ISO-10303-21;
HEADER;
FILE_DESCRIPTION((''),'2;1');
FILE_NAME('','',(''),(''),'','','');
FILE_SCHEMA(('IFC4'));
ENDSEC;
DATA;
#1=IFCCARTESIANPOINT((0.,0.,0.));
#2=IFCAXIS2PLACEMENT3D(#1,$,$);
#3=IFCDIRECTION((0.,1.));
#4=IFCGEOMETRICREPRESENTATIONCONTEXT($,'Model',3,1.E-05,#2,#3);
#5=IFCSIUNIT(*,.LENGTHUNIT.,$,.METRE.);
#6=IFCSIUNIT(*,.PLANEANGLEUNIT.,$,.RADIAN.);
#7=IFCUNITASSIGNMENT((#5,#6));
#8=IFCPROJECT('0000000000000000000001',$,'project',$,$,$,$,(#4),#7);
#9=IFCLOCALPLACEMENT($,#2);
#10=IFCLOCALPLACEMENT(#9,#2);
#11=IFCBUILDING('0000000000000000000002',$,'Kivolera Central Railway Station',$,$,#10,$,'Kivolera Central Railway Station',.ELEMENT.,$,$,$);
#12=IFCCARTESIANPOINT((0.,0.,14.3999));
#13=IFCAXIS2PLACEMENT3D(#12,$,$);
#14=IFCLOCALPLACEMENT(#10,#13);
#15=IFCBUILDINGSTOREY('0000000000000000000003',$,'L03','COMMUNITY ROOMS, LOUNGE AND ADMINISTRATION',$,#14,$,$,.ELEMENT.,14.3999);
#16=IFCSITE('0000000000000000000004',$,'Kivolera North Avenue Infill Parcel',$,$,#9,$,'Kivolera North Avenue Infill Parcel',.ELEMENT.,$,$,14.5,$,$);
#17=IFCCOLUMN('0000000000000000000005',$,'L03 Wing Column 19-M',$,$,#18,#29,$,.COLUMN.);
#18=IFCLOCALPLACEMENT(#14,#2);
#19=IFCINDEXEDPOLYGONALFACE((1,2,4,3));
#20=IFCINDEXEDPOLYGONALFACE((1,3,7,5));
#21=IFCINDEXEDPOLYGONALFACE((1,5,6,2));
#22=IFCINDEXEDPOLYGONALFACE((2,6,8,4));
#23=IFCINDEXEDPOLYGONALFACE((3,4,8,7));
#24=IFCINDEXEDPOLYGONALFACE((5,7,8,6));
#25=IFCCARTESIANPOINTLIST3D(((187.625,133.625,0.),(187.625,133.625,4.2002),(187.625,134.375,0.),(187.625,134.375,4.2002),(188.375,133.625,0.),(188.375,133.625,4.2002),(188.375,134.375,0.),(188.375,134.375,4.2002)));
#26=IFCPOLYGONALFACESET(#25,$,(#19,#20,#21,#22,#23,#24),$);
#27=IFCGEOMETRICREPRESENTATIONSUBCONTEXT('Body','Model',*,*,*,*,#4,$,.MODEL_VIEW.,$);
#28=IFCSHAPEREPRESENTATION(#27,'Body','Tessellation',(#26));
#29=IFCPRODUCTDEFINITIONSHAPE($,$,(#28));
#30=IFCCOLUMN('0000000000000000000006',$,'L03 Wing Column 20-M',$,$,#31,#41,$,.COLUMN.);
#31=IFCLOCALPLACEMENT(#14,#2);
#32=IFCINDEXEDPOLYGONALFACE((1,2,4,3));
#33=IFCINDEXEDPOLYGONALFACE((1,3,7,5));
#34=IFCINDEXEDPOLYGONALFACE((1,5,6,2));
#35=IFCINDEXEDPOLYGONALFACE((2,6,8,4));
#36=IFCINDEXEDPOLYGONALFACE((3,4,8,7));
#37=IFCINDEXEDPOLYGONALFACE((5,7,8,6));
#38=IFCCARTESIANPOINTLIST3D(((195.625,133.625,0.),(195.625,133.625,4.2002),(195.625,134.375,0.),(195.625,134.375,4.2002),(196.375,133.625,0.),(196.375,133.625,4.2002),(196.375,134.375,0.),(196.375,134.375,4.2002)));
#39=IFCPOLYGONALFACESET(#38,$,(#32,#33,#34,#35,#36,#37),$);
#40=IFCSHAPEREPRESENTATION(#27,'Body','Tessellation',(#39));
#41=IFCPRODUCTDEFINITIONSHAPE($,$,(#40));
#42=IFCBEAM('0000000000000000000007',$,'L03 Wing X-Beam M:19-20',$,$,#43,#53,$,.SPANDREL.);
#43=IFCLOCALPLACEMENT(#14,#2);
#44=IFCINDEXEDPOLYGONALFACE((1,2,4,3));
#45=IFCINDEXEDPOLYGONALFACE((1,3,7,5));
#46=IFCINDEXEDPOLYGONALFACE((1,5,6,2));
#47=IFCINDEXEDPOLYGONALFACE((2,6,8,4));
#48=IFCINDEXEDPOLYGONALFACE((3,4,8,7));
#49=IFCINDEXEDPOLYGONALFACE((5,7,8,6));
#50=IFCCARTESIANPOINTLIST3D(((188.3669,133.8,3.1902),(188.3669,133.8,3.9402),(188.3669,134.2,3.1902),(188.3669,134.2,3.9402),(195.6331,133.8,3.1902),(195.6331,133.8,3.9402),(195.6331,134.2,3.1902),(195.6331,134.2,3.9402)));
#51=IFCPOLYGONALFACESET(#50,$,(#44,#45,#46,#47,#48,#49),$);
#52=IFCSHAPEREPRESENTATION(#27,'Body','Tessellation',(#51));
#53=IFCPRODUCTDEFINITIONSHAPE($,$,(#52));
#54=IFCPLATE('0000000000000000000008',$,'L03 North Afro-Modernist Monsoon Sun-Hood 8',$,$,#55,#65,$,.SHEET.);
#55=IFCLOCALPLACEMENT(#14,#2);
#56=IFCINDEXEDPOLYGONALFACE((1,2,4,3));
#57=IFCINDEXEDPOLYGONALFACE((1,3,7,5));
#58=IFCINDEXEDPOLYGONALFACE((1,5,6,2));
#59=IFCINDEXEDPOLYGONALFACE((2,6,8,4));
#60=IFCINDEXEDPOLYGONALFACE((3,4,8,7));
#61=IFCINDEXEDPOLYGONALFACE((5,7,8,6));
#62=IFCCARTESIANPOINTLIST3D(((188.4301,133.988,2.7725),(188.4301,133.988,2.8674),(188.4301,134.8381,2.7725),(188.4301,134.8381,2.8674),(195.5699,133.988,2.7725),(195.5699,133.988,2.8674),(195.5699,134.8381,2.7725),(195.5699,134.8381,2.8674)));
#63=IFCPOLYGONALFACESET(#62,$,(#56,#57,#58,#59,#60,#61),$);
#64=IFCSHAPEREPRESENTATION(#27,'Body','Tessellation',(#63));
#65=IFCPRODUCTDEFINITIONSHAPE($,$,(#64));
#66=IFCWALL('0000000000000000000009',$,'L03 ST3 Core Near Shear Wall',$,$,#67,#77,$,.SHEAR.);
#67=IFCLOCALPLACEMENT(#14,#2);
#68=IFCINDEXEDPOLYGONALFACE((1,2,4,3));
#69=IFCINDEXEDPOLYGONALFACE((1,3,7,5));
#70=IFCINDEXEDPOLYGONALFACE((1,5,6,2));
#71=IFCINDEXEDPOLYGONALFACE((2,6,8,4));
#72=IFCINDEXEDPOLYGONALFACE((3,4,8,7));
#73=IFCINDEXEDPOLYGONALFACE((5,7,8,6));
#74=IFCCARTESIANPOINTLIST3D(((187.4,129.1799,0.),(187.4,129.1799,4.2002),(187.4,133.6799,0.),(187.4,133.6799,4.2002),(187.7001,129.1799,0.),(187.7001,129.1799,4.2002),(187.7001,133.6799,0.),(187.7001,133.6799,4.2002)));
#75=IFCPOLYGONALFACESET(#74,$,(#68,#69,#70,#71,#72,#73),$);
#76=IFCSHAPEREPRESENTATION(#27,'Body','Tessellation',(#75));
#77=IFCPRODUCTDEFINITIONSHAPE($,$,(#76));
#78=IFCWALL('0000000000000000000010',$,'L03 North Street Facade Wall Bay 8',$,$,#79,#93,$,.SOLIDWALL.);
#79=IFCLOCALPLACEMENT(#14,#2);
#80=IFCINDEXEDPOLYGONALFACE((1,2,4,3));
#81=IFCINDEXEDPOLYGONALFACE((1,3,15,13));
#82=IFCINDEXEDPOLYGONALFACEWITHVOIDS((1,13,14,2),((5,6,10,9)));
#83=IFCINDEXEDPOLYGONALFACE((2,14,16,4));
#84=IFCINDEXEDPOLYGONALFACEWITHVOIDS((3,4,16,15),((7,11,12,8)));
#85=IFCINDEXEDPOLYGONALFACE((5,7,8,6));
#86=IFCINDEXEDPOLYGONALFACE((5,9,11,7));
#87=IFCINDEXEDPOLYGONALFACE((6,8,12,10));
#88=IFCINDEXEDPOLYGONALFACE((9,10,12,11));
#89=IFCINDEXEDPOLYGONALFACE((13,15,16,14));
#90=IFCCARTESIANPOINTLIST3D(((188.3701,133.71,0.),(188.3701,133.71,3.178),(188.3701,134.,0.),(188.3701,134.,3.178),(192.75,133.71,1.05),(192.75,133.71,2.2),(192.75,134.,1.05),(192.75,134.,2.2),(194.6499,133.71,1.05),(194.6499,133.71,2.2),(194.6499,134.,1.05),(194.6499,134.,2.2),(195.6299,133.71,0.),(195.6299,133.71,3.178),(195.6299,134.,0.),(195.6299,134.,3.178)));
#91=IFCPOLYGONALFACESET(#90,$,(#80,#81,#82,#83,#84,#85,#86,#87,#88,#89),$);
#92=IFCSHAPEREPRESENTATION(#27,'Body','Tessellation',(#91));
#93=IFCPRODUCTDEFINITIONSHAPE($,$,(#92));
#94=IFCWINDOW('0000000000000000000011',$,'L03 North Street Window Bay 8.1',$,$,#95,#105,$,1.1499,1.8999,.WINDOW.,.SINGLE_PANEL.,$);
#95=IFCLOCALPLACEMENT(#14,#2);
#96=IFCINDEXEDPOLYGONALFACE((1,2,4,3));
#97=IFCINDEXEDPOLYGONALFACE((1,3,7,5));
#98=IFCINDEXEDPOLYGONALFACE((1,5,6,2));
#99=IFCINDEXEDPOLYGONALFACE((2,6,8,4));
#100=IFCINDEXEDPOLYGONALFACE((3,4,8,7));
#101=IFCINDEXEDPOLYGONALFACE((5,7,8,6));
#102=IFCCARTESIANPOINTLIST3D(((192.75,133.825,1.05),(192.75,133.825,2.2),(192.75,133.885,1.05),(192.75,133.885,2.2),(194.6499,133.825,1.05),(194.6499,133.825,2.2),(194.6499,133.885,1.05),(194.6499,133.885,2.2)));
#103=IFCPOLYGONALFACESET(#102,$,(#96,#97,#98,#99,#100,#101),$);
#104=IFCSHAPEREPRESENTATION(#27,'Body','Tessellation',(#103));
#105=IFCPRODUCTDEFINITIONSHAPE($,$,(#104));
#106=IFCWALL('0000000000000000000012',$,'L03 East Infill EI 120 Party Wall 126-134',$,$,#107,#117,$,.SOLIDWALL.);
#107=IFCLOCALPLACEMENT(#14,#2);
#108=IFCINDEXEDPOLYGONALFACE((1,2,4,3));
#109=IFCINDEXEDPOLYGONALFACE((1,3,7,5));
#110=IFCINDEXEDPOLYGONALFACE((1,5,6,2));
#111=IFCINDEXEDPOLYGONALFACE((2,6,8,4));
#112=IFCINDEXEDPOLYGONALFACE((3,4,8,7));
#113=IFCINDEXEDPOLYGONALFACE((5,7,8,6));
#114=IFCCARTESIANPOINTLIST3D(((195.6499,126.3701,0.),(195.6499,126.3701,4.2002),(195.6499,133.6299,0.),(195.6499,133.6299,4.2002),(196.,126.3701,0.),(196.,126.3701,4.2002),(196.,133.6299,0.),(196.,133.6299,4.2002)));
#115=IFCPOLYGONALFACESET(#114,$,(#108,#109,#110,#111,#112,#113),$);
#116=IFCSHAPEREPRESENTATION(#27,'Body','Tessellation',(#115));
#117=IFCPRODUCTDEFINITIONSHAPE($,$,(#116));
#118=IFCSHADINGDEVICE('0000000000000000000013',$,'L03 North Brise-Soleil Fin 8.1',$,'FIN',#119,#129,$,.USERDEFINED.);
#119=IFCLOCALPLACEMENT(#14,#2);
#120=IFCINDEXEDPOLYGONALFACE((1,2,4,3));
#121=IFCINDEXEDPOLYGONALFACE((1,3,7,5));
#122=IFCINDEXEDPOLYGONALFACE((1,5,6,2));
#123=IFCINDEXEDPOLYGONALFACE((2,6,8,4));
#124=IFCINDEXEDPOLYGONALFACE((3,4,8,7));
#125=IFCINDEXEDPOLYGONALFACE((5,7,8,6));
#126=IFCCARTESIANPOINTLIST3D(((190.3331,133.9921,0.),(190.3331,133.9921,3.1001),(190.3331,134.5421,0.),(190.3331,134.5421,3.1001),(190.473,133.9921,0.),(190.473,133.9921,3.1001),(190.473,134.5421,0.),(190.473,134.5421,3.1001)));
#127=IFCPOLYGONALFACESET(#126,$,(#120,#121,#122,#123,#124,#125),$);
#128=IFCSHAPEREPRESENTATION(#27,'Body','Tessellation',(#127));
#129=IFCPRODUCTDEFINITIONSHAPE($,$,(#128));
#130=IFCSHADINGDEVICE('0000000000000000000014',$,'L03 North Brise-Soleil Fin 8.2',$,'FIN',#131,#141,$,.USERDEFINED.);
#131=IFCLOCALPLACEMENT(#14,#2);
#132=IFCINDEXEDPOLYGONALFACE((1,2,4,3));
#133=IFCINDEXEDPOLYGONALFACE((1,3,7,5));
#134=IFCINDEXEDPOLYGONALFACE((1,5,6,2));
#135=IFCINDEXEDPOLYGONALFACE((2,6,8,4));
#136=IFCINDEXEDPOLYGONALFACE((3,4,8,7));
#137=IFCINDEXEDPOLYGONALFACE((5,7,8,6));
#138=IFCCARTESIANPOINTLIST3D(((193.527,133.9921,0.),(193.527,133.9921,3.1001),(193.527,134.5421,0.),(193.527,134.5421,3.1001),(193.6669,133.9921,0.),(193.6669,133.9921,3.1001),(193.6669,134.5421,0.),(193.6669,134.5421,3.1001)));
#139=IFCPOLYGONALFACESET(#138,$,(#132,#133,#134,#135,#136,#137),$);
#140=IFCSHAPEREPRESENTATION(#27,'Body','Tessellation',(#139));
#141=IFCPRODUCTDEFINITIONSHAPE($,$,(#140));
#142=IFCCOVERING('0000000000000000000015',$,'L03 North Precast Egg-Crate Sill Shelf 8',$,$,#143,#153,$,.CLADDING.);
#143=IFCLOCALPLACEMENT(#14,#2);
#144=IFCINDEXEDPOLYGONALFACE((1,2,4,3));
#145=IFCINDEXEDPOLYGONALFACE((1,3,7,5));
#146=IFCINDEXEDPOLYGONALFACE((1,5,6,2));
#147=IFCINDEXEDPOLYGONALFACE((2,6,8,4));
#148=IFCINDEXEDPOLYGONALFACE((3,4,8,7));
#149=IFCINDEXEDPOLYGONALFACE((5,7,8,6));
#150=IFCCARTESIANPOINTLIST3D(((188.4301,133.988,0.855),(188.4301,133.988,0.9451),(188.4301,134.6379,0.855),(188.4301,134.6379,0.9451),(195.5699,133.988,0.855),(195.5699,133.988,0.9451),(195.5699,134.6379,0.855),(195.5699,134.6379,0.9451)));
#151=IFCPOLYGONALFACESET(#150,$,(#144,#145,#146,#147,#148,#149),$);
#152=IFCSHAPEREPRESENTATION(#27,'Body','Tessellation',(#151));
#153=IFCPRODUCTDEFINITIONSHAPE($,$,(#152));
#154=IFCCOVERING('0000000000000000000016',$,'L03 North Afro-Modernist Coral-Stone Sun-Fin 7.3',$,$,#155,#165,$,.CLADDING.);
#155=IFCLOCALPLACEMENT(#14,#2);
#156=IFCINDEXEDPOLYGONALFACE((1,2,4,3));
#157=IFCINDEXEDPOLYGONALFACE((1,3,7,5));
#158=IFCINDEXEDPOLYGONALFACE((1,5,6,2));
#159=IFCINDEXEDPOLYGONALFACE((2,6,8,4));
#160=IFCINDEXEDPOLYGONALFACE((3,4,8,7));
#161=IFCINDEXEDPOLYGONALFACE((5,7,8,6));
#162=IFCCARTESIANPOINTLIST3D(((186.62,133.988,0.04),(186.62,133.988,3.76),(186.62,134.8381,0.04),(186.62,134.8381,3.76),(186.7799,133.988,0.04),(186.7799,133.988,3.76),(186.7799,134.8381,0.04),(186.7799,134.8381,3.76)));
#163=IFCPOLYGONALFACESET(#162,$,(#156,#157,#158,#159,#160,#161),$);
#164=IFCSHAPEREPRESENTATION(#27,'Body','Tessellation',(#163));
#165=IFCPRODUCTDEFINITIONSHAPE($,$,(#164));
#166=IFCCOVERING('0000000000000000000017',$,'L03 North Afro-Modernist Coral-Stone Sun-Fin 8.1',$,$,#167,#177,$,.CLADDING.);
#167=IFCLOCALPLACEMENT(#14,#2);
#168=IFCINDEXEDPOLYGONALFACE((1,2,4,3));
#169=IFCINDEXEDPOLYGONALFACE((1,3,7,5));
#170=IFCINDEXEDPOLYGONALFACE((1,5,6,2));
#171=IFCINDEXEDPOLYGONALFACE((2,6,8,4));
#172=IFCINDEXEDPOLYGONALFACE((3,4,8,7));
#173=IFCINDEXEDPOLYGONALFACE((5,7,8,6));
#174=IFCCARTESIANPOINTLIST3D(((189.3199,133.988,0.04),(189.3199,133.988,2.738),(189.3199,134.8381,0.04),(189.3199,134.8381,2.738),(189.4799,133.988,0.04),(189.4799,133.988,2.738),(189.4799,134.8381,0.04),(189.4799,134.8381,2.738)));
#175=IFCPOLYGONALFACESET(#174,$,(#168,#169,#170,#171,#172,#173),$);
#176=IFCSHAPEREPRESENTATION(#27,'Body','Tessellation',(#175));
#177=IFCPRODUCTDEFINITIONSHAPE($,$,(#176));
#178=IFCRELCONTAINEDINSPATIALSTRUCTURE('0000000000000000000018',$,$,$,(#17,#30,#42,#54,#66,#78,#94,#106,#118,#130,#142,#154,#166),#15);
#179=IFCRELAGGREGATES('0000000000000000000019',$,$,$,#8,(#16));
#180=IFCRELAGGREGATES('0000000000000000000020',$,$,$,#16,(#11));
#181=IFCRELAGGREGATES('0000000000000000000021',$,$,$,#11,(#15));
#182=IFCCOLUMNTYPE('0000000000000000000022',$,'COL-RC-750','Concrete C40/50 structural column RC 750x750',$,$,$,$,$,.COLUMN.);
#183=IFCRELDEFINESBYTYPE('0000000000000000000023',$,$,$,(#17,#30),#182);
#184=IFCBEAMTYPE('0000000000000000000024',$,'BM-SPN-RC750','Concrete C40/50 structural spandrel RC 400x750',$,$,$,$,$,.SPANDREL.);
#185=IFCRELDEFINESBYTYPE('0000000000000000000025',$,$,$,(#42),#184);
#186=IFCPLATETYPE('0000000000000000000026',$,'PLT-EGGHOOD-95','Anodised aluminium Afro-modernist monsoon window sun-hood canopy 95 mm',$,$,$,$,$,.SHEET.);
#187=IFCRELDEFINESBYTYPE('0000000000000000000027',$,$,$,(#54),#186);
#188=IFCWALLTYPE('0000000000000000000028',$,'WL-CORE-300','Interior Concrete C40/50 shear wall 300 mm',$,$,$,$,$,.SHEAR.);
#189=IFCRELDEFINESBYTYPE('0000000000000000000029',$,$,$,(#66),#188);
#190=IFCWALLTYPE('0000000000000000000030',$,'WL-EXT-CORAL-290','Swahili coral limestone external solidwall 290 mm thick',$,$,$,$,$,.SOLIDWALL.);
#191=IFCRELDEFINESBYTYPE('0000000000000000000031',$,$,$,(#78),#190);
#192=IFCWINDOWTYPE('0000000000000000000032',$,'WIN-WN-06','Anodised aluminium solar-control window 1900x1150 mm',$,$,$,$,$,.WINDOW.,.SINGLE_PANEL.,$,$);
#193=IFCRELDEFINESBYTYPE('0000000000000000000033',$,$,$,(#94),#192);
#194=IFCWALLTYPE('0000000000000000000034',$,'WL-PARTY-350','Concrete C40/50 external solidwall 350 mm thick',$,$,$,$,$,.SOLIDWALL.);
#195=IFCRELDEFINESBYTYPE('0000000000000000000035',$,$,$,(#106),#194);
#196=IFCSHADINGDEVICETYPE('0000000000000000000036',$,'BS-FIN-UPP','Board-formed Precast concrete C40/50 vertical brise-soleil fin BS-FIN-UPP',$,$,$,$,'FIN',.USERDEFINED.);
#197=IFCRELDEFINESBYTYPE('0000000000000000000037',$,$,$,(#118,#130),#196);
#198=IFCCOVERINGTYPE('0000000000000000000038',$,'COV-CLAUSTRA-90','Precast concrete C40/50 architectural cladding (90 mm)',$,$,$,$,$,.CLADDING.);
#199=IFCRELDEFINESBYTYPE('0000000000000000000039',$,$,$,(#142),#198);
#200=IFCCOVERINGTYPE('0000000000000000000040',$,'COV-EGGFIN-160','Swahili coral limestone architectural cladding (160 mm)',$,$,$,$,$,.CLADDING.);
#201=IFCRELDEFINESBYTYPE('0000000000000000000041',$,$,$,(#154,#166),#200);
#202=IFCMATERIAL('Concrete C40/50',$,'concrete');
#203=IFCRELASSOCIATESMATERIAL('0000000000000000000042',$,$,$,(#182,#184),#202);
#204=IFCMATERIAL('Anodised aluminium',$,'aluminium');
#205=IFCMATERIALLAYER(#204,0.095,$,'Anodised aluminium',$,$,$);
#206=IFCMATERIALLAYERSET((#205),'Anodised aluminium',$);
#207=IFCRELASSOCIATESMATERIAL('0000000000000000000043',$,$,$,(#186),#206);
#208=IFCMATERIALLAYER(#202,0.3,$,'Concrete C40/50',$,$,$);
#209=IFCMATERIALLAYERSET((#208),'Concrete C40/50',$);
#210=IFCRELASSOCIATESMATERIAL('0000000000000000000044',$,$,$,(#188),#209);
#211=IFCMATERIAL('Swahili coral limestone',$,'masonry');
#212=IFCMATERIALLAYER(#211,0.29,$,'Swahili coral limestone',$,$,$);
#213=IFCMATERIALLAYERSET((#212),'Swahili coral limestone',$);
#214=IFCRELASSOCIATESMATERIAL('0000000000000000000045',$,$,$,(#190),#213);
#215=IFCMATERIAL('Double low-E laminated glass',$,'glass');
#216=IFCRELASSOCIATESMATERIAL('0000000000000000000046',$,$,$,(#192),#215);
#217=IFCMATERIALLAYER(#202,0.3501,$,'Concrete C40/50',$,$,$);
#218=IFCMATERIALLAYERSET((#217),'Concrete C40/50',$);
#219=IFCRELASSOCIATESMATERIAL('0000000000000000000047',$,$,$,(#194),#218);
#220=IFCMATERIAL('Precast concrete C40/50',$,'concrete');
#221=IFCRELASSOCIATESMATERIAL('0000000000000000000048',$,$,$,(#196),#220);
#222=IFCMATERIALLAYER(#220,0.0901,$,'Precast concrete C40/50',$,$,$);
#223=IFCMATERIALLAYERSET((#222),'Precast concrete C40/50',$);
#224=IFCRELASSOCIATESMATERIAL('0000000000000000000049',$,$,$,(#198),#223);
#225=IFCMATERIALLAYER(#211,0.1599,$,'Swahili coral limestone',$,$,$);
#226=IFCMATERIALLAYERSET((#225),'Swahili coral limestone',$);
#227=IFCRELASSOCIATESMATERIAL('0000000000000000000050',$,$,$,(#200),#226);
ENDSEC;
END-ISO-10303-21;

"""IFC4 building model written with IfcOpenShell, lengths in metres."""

from ifc_helpers import new_model, si_unit, direction, frame, frame_2d, origin, origin_2d, place, context, subcontext, project, spatial, rectangle, extrude, material, layer, layer_set, material_profile, profile_set, type_object, element, fill, save


model = new_model("IFC4")

# Units and contexts
model_context = context("Model", 3, precision=1e-05, world=origin(), true_north=direction((0.0, 1.0)))
body_context = subcontext(model_context, "Body", "Model", "MODEL_VIEW")
ifc_project = project(units=[si_unit("LENGTHUNIT", "METRE"), si_unit("PLANEANGLEUNIT", "RADIAN")], contexts=[model_context])

# Site, building, storey
site_placement = place(None, origin())
site = spatial("IfcSite", under=ifc_project, at=site_placement, Name="Kivolera North Avenue Infill Parcel", LongName="Kivolera North Avenue Infill Parcel", CompositionType="ELEMENT", RefElevation=14.5)
building_placement = place(site_placement, origin())
building = spatial("IfcBuilding", under=site, at=building_placement, Name="Kivolera Central Railway Station", LongName="Kivolera Central Railway Station", CompositionType="ELEMENT")
storey_placement = place(building_placement, frame((0.0, 0.0, 14.3999)))
storey = spatial("IfcBuildingStorey", under=building, at=storey_placement, Name="L03", Description="COMMUNITY ROOMS, LOUNGE AND ADMINISTRATION", CompositionType="ELEMENT", Elevation=14.3999)

# Columns
ifc_material_1 = material(Name="Concrete C40/50", Category="concrete")
ifc_material_profile_1 = material_profile(ifc_material_1, rectangle(XDim=0.75, YDim=0.75, at=origin_2d()), Name="RC 750x750")
ifc_profile_set_1 = profile_set([ifc_material_profile_1], Name="Concrete C40/50")
column_type = type_object("IfcColumnType", Name="COL-RC-750", Description="Concrete C40/50 structural column RC 750x750", PredefinedType="COLUMN", material=ifc_profile_set_1)
for number, where, z_axis, x_axis, name in (
    (1, (188.0, 134.0, 0.0), (0.0, 0.0, 1.0), (1.0, 0.0, 0.0), "L03 Wing Column 19-M"),
    (2, (196.0, 134.0, 0.0), (0.0, 0.0, 1.0), (1.0, 0.0, 0.0), "L03 Wing Column 20-M"),
):
    element("IfcColumn", number, at=place(storey_placement, frame(where, z_axis=z_axis, x_axis=x_axis)), inside=storey, type_object=column_type, Name=name, PredefinedType="COLUMN", context=body_context, shape_type="SweptSolid", body=[
        extrude(rectangle(XDim=0.75, YDim=0.75, at=origin_2d()), origin(), (0.0, 0.0, 1.0), 4.2002),
    ])

# Beam
ifc_material_profile_2 = material_profile(ifc_material_1, rectangle(XDim=0.3999, YDim=0.75, at=origin_2d()), Name="RC 400x750")
ifc_profile_set_2 = profile_set([ifc_material_profile_2], Name="Concrete C40/50")
beam_type = type_object("IfcBeamType", Name="BM-SPN-RC750", Description="Concrete C40/50 structural spandrel RC 400x750", PredefinedType="SPANDREL", material=ifc_profile_set_2)
beam_placement = place(storey_placement, frame((188.3669, 134.0, 3.5652), z_axis=(1.0, 0.0, 0.0), x_axis=(0.0, 1.0, 0.0)))
element("IfcBeam", 3, at=beam_placement, inside=storey, type_object=beam_type, Name="L03 Wing X-Beam M:19-20", PredefinedType="SPANDREL", context=body_context, shape_type="SweptSolid", body=[
    extrude(rectangle(XDim=0.3999, YDim=0.75, at=origin_2d()), origin(), (0.0, 0.0, 1.0), 7.2661),
])

# Plate
ifc_material_2 = material(Name="Anodised aluminium", Category="aluminium")
ifc_layer_1 = layer(ifc_material_2, 0.095, Name="Anodised aluminium")
ifc_layer_set_1 = layer_set([ifc_layer_1], Name="Anodised aluminium")
plate_type = type_object("IfcPlateType", Name="PLT-EGGHOOD-95", Description="Anodised aluminium Afro-modernist monsoon window sun-hood canopy 95 mm", PredefinedType="SHEET", material=ifc_layer_set_1)
plate_placement = place(storey_placement, frame((192.0, 134.4131, 2.7725), z_axis=(0.0, 0.0, 1.0), x_axis=(1.0, 0.0, 0.0)))
element("IfcPlate", 4, at=plate_placement, inside=storey, type_object=plate_type, Name="L03 North Afro-Modernist Monsoon Sun-Hood 8", PredefinedType="SHEET", context=body_context, shape_type="SweptSolid", body=[
    extrude(rectangle(XDim=7.1399, YDim=0.8501, at=origin_2d()), origin(), (0.0, 0.0, 1.0), 0.095),
])

# Wall
ifc_layer_2 = layer(ifc_material_1, 0.3, Name="Concrete C40/50")
ifc_layer_set_2 = layer_set([ifc_layer_2], Name="Concrete C40/50")
wall_type_1 = type_object("IfcWallType", Name="WL-CORE-300", Description="Interior Concrete C40/50 shear wall 300 mm", PredefinedType="SHEAR", material=ifc_layer_set_2)
wall_1_placement = place(storey_placement, frame((187.55, 133.6799, 0.0), z_axis=(0.0, 0.0, 1.0), x_axis=(0.0, -1.0, 0.0)))
element("IfcWall", 5, at=wall_1_placement, inside=storey, type_object=wall_type_1, Name="L03 ST3 Core Near Shear Wall", PredefinedType="SHEAR", context=body_context, shape_type="SweptSolid", body=[
    extrude(rectangle(XDim=4.5, YDim=0.3, at=frame_2d((2.25, 0.0))), origin(), (0.0, 0.0, 1.0), 4.2002),
])

# Wall, opening, window
ifc_material_3 = material(Name="Swahili coral limestone", Category="masonry")
ifc_layer_3 = layer(ifc_material_3, 0.29, Name="Swahili coral limestone")
ifc_layer_set_3 = layer_set([ifc_layer_3], Name="Swahili coral limestone")
wall_type_2 = type_object("IfcWallType", Name="WL-EXT-CORAL-290", Description="Swahili coral limestone external solidwall 290 mm thick", PredefinedType="SOLIDWALL", material=ifc_layer_set_3)
wall_2_placement = place(storey_placement, frame((188.3701, 133.855, 0.0), z_axis=(0.0, 0.0, 1.0), x_axis=(1.0, 0.0, 0.0)))
wall_2 = element("IfcWall", 6, at=wall_2_placement, inside=storey, type_object=wall_type_2, Name="L03 North Street Facade Wall Bay 8", PredefinedType="SOLIDWALL", context=body_context, shape_type="SweptSolid", body=[
    extrude(rectangle(XDim=7.2598, YDim=0.29, at=frame_2d((3.6299, 0.0))), origin(), (0.0, 0.0, 1.0), 3.178),
])
opening_placement = place(wall_2_placement, frame((4.3799, 0.0, 1.05)))
opening = element("IfcOpeningElement", 7, at=opening_placement, cuts=wall_2, PredefinedType="OPENING", context=body_context, shape_type="SweptSolid", body=[
    extrude(rectangle(XDim=1.8999, YDim=1.1499, at=frame_2d((0.95, 0.575))), frame((0.0, 0.155, 0.0), z_axis=(0.0, -1.0, 0.0), x_axis=(1.0, 0.0, 0.0)), (0.0, 0.0, 1.0), 0.3101),
])
ifc_material_4 = material(Name="Double low-E laminated glass", Category="glass")
window_type = type_object("IfcWindowType", Name="WIN-WN-06", Description="Anodised aluminium solar-control window 1900x1150 mm", PartitioningType="SINGLE_PANEL", PredefinedType="WINDOW", material=ifc_material_4)
window_placement = place(opening_placement, origin())
window = element("IfcWindow", 8, at=window_placement, inside=storey, type_object=window_type, Name="L03 North Street Window Bay 8.1", OverallHeight=1.1499, OverallWidth=1.8999, PartitioningType="SINGLE_PANEL", PredefinedType="WINDOW", context=body_context, shape_type="SweptSolid", body=[
    extrude(rectangle(XDim=1.8999, YDim=1.1499, at=frame_2d((0.95, 0.575))), frame((0.0, 0.03, 0.0), z_axis=(0.0, -1.0, 0.0), x_axis=(1.0, 0.0, 0.0)), (0.0, 0.0, 1.0), 0.0601),
])
fill(opening, window)

# Wall
ifc_layer_4 = layer(ifc_material_1, 0.3501, Name="Concrete C40/50")
ifc_layer_set_4 = layer_set([ifc_layer_4], Name="Concrete C40/50")
wall_type_3 = type_object("IfcWallType", Name="WL-PARTY-350", Description="Concrete C40/50 external solidwall 350 mm thick", PredefinedType="SOLIDWALL", material=ifc_layer_set_4)
wall_3_placement = place(storey_placement, frame((195.825, 133.6299, 0.0), z_axis=(0.0, 0.0, 1.0), x_axis=(0.0, -1.0, 0.0)))
element("IfcWall", 9, at=wall_3_placement, inside=storey, type_object=wall_type_3, Name="L03 East Infill EI 120 Party Wall 126-134", PredefinedType="SOLIDWALL", context=body_context, shape_type="SweptSolid", body=[
    extrude(rectangle(XDim=7.2598, YDim=0.3501, at=frame_2d((3.6299, 0.0))), origin(), (0.0, 0.0, 1.0), 4.2002),
])

# Shading devices
ifc_material_5 = material(Name="Precast concrete C40/50", Category="concrete")
shading_device_type = type_object("IfcShadingDeviceType", Name="BS-FIN-UPP", Description="Board-formed Precast concrete C40/50 vertical brise-soleil fin BS-FIN-UPP", ElementType="FIN", PredefinedType="USERDEFINED", material=ifc_material_5)
for number, where, z_axis, x_axis, name in (
    (10, (190.4031, 134.2671, 0.0), (0.0, 0.0, 1.0), (1.0, 0.0, 0.0), "L03 North Brise-Soleil Fin 8.1"),
    (11, (193.5969, 134.2671, 0.0), (0.0, 0.0, 1.0), (1.0, 0.0, 0.0), "L03 North Brise-Soleil Fin 8.2"),
):
    element("IfcShadingDevice", number, at=place(storey_placement, frame(where, z_axis=z_axis, x_axis=x_axis)), inside=storey, type_object=shading_device_type, Name=name, ObjectType="FIN", PredefinedType="USERDEFINED", context=body_context, shape_type="SweptSolid", body=[
        extrude(rectangle(XDim=0.1399, YDim=0.55, at=origin_2d()), origin(), (0.0, 0.0, 1.0), 3.1001),
    ])

# Coverings
ifc_layer_5 = layer(ifc_material_5, 0.0901, Name="Precast concrete C40/50")
ifc_layer_set_5 = layer_set([ifc_layer_5], Name="Precast concrete C40/50")
covering_type_1 = type_object("IfcCoveringType", Name="COV-CLAUSTRA-90", Description="Precast concrete C40/50 architectural cladding (90 mm)", PredefinedType="CLADDING", material=ifc_layer_set_5)
covering_1_placement = place(storey_placement, frame((192.0, 134.313, 0.855), z_axis=(0.0, 0.0, 1.0), x_axis=(1.0, 0.0, 0.0)))
element("IfcCovering", 12, at=covering_1_placement, inside=storey, type_object=covering_type_1, Name="L03 North Precast Egg-Crate Sill Shelf 8", PredefinedType="CLADDING", context=body_context, shape_type="SweptSolid", body=[
    extrude(rectangle(XDim=7.1399, YDim=0.6499, at=origin_2d()), origin(), (0.0, 0.0, 1.0), 0.0901),
])
ifc_layer_6 = layer(ifc_material_3, 0.1599, Name="Swahili coral limestone")
ifc_layer_set_6 = layer_set([ifc_layer_6], Name="Swahili coral limestone")
covering_type_2 = type_object("IfcCoveringType", Name="COV-EGGFIN-160", Description="Swahili coral limestone architectural cladding (160 mm)", PredefinedType="CLADDING", material=ifc_layer_set_6)
covering_2_placement = place(storey_placement, frame((186.7, 134.4131, 0.04), z_axis=(0.0, 0.0, 1.0), x_axis=(1.0, 0.0, 0.0)))
element("IfcCovering", 13, at=covering_2_placement, inside=storey, type_object=covering_type_2, Name="L03 North Afro-Modernist Coral-Stone Sun-Fin 7.3", PredefinedType="CLADDING", context=body_context, shape_type="SweptSolid", body=[
    extrude(rectangle(XDim=0.1599, YDim=0.8501, at=origin_2d()), origin(), (0.0, 0.0, 1.0), 3.72),
])
for number, where, z_axis, x_axis, name in (
    (14, (189.3999, 134.4131, 0.04), (0.0, 0.0, 1.0), (1.0, 0.0, 0.0), "L03 North Afro-Modernist Coral-Stone Sun-Fin 8.1"),
):
    element("IfcCovering", number, at=place(storey_placement, frame(where, z_axis=z_axis, x_axis=x_axis)), inside=storey, type_object=covering_type_2, Name=name, PredefinedType="CLADDING", context=body_context, shape_type="SweptSolid", body=[
        extrude(rectangle(XDim=0.1599, YDim=0.8501, at=origin_2d()), origin(), (0.0, 0.0, 1.0), 2.698),
    ])

save(model, "model.ifc")
